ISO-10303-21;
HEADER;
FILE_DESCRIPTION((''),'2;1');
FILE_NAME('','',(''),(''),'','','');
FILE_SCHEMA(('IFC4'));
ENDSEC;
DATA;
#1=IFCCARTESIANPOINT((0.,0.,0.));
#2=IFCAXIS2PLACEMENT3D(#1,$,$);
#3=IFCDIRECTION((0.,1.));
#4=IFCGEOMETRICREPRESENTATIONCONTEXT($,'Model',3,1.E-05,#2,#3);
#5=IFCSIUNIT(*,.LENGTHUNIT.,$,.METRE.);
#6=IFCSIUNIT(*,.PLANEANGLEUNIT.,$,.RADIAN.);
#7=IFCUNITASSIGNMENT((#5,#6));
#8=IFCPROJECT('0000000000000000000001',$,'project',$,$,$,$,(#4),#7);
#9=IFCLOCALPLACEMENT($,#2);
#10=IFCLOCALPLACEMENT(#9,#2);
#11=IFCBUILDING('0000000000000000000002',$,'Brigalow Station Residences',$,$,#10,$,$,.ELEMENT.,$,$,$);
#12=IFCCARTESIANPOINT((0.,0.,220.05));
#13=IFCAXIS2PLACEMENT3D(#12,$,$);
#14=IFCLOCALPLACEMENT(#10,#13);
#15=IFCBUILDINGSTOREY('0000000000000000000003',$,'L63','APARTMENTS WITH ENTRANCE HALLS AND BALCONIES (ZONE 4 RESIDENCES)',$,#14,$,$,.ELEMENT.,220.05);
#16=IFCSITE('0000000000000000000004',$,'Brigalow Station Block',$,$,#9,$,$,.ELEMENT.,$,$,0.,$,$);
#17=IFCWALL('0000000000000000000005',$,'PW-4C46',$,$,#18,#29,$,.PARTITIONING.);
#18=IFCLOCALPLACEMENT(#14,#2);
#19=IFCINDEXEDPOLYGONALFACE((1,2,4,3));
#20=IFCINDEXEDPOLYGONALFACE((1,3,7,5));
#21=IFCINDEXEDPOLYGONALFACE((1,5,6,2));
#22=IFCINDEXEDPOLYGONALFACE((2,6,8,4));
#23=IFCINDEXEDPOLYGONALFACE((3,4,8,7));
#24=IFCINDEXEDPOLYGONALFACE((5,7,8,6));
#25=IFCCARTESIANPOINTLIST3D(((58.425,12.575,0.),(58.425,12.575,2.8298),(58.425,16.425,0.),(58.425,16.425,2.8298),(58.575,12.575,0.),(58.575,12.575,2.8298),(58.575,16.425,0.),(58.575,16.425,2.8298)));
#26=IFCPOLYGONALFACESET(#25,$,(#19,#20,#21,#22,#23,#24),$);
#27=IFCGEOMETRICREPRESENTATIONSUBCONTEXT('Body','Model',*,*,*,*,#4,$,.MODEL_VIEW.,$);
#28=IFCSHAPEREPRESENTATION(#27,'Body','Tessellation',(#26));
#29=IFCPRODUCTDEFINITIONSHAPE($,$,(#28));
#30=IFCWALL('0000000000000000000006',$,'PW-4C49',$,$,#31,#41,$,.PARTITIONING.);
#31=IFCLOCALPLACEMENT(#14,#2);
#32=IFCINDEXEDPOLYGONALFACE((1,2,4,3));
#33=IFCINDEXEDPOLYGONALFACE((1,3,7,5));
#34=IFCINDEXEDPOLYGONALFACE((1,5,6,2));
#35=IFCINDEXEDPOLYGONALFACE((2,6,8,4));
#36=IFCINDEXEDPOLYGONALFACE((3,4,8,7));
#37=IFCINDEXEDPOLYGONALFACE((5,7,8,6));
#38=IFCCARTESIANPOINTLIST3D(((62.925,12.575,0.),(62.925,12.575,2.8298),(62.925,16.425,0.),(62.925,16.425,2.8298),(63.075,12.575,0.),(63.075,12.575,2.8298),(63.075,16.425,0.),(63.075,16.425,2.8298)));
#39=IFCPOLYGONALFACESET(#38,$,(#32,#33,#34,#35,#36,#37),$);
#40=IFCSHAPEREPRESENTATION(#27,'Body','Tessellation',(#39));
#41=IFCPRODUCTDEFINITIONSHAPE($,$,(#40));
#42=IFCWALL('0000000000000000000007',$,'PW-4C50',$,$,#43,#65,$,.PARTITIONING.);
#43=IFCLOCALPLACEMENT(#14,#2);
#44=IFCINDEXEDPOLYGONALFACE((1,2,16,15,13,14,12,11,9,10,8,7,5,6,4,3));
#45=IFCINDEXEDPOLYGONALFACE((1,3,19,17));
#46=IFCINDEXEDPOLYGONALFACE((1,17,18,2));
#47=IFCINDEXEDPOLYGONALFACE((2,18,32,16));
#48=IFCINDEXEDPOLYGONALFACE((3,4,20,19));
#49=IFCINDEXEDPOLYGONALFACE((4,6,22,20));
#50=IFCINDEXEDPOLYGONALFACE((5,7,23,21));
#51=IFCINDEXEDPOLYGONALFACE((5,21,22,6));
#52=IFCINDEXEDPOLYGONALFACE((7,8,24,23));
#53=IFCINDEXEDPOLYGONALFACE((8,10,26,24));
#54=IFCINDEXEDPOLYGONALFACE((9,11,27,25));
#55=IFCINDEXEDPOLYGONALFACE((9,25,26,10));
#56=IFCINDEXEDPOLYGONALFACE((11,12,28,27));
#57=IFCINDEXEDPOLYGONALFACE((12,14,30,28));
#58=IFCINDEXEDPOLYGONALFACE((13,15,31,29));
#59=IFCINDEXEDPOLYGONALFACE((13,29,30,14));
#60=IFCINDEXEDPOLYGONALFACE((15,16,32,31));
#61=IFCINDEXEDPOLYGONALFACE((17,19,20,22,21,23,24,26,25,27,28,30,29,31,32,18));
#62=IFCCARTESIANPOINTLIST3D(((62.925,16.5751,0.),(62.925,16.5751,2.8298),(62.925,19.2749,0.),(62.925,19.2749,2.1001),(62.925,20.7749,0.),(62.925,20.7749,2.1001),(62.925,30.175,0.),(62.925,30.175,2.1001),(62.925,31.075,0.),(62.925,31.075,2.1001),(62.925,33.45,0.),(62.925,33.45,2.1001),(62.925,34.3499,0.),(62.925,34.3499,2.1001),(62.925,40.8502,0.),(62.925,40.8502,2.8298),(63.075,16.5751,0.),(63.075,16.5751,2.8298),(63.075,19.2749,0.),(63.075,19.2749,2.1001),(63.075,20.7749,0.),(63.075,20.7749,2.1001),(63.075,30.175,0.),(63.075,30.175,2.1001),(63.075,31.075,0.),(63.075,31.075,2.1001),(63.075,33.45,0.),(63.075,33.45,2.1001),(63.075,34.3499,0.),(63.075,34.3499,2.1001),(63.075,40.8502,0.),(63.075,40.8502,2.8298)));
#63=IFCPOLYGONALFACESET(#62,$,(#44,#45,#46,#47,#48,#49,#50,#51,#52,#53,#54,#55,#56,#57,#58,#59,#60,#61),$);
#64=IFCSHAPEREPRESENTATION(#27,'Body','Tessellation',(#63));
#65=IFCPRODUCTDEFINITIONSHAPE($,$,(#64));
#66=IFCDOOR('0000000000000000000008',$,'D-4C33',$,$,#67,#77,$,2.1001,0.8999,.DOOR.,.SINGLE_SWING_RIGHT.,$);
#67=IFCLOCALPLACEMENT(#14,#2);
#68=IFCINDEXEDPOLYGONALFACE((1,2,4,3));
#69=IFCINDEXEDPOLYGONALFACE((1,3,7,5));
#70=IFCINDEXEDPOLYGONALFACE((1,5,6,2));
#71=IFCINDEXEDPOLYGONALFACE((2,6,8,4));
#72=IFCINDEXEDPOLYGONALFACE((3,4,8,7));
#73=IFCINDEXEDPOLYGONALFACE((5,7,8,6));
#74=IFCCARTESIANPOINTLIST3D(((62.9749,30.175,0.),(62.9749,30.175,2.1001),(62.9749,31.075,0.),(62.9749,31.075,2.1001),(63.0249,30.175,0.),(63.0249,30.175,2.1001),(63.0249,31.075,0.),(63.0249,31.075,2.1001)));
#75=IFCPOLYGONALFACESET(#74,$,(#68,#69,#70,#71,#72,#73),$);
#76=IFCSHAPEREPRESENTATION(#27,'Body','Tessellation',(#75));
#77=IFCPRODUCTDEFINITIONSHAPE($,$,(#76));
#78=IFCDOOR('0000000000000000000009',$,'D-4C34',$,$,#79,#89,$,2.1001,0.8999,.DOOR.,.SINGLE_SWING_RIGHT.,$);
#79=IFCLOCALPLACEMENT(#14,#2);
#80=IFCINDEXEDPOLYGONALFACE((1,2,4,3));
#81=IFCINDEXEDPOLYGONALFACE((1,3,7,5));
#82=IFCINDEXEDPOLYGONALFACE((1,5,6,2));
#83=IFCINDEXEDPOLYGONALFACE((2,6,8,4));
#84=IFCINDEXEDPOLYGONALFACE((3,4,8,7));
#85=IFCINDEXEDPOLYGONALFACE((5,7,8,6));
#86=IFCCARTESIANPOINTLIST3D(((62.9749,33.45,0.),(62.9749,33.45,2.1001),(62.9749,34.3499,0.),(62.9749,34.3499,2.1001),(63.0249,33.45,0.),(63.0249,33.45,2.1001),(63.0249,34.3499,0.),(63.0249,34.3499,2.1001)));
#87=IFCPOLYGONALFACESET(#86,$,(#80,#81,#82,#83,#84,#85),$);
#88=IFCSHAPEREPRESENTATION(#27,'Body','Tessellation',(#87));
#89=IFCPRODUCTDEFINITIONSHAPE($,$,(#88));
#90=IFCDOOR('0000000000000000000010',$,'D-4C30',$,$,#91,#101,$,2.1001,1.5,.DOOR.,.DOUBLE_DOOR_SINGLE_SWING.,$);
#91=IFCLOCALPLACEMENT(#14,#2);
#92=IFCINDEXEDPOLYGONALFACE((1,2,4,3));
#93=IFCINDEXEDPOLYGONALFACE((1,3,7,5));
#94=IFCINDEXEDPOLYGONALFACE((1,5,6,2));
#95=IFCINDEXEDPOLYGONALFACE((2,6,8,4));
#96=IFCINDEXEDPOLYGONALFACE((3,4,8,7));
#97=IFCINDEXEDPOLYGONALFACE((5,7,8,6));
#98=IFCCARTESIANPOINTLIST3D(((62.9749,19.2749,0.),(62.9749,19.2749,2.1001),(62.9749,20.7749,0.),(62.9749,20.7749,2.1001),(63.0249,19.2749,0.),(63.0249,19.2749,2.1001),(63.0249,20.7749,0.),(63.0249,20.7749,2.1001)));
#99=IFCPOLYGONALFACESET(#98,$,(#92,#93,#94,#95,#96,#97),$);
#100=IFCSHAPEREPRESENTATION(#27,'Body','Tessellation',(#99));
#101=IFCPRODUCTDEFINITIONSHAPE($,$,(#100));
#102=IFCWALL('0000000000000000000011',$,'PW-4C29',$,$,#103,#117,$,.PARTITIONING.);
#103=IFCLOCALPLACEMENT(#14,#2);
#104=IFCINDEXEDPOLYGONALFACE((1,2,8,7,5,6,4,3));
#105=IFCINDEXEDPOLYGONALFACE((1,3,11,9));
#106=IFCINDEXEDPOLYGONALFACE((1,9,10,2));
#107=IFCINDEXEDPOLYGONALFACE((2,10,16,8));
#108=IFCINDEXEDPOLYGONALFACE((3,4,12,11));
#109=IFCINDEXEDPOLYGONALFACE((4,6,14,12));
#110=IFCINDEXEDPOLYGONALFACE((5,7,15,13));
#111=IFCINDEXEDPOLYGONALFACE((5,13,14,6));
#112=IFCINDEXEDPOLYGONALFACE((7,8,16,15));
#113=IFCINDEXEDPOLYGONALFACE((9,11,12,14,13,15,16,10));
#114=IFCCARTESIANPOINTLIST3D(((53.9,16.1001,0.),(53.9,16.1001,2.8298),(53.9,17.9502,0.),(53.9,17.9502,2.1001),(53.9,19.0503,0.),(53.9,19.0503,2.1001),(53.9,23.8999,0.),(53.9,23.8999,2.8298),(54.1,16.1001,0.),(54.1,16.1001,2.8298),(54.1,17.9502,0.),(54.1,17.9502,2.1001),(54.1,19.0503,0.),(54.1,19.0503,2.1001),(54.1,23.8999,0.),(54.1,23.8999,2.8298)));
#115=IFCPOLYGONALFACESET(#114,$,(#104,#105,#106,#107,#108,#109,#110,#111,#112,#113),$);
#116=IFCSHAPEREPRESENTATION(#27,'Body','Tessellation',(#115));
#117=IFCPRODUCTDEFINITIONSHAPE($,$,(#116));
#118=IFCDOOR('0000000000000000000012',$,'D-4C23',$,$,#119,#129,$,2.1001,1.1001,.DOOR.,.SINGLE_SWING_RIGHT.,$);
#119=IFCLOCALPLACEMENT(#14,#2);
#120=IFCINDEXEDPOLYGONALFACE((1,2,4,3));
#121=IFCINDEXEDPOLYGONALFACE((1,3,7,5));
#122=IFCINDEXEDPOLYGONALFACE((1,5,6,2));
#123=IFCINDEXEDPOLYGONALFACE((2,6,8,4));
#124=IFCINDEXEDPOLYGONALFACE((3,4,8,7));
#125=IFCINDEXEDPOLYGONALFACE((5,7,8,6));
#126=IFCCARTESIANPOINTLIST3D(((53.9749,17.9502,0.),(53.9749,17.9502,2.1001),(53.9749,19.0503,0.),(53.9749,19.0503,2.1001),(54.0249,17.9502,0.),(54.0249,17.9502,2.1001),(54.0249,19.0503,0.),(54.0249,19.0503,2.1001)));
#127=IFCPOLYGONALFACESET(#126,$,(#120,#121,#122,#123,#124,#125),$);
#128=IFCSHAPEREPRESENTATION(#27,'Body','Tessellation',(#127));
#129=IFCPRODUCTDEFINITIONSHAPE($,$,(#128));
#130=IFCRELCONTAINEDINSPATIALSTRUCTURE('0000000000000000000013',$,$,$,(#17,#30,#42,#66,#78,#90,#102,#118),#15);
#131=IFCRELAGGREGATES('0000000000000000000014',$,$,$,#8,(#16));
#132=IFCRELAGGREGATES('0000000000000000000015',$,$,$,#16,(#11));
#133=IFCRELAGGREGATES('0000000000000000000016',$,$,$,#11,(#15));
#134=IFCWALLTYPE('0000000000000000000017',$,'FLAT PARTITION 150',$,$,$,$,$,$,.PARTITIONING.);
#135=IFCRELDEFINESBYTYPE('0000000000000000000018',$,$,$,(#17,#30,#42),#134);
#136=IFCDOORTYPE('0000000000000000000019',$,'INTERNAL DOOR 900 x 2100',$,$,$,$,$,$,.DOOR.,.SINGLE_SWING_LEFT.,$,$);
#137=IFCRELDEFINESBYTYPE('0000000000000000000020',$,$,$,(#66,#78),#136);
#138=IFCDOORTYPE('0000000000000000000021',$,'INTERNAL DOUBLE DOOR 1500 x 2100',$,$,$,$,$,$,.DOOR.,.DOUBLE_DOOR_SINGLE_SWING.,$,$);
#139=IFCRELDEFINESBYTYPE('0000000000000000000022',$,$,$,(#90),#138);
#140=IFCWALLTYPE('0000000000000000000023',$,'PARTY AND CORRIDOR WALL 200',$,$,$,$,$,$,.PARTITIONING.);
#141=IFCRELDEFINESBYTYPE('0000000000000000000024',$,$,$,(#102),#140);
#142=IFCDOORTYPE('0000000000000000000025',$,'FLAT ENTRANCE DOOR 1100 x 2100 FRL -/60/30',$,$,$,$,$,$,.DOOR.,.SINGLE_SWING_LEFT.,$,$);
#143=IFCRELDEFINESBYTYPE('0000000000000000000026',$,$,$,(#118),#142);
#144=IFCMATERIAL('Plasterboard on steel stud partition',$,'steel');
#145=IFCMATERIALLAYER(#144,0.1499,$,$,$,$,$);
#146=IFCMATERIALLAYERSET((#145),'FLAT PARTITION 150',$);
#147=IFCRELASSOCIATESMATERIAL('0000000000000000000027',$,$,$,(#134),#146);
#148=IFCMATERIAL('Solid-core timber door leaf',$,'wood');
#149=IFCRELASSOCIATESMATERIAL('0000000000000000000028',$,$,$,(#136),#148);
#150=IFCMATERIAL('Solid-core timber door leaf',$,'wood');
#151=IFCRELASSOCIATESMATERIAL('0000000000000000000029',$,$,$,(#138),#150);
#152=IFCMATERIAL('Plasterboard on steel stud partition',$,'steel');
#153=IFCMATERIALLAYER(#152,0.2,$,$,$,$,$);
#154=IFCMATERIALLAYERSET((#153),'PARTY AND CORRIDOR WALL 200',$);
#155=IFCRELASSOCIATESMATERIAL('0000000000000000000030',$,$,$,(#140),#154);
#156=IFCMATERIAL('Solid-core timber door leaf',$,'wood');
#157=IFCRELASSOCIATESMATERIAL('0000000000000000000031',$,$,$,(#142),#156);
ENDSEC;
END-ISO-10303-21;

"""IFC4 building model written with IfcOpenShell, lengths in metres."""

from ifc_helpers import new_model, si_unit, direction, frame, frame_2d, origin, place, context, subcontext, project, spatial, rectangle, extrude, material, layer, layer_set, type_object, element, fill, save


model = new_model("IFC4")

# Units and contexts
model_context = context("Model", 3, precision=1e-05, world=origin(), true_north=direction((0.0, 1.0)))
body_context = subcontext(model_context, "Body", "Model", "MODEL_VIEW")
ifc_project = project(units=[si_unit("LENGTHUNIT", "METRE"), si_unit("PLANEANGLEUNIT", "RADIAN")], contexts=[model_context])

# Site, building, storey
site_placement = place(None, origin())
site = spatial("IfcSite", under=ifc_project, at=site_placement, Name="Brigalow Station Block", CompositionType="ELEMENT", RefElevation=0.0)
building_placement = place(site_placement, origin())
building = spatial("IfcBuilding", under=site, at=building_placement, Name="Brigalow Station Residences", CompositionType="ELEMENT")
storey_placement = place(building_placement, frame((0.0, 0.0, 220.05)))
storey = spatial("IfcBuildingStorey", under=building, at=storey_placement, Name="L63", Description="APARTMENTS WITH ENTRANCE HALLS AND BALCONIES (ZONE 4 RESIDENCES)", CompositionType="ELEMENT", Elevation=220.05)

# Shared definitions
ifc_material_1 = material(Name="Plasterboard on steel stud partition", Category="steel")
ifc_layer_1 = layer(ifc_material_1, 0.1499)
ifc_layer_set_1 = layer_set([ifc_layer_1], Name="FLAT PARTITION 150")
wall_type_1 = type_object("IfcWallType", Name="FLAT PARTITION 150", PredefinedType="PARTITIONING", material=ifc_layer_set_1)
ifc_material_2 = material(Name="Solid-core timber door leaf", Category="wood")
door_type_1 = type_object("IfcDoorType", Name="INTERNAL DOOR 900 x 2100", OperationType="SINGLE_SWING_LEFT", PredefinedType="DOOR", material=ifc_material_2)
ifc_material_3 = material(Name="Solid-core timber door leaf", Category="wood")
door_type_2 = type_object("IfcDoorType", Name="INTERNAL DOUBLE DOOR 1500 x 2100", OperationType="DOUBLE_DOOR_SINGLE_SWING", PredefinedType="DOOR", material=ifc_material_3)

# Walls
for number, where, z_axis, x_axis, name in (
    (1, (58.5, 12.575, 0.0), (0.0, 0.0, 1.0), (0.0, 1.0, 0.0), "PW-4C46"),
    (2, (63.0, 12.575, 0.0), (0.0, 0.0, 1.0), (0.0, 1.0, 0.0), "PW-4C49"),
):
    element("IfcWall", number, at=place(storey_placement, frame(where, z_axis=z_axis, x_axis=x_axis)), inside=storey, type_object=wall_type_1, Name=name, PredefinedType="PARTITIONING", context=body_context, shape_type="SweptSolid", body=[
        extrude(rectangle(XDim=3.8501, YDim=0.1499, at=frame_2d((1.925, 0.0))), origin(), (0.0, 0.0, 1.0), 2.8298),
    ])

# Wall, openings, doors
wall_1_placement = place(storey_placement, frame((63.0, 16.575, 0.0), z_axis=(0.0, 0.0, 1.0), x_axis=(0.0, 1.0, 0.0)))
wall_1 = element("IfcWall", 3, at=wall_1_placement, inside=storey, type_object=wall_type_1, Name="PW-4C50", PredefinedType="PARTITIONING", context=body_context, shape_type="SweptSolid", body=[
    extrude(rectangle(XDim=24.2751, YDim=0.1499, at=frame_2d((12.1377, 0.0))), origin(), (0.0, 0.0, 1.0), 2.8298),
])
opening_1_placement = place(wall_1_placement, frame((2.7, 0.0, 0.0)))
opening_1 = element("IfcOpeningElement", 4, at=opening_1_placement, cuts=wall_1, PredefinedType="OPENING", context=body_context, shape_type="SweptSolid", body=[
    extrude(rectangle(XDim=1.5, YDim=2.1001, at=frame_2d((0.75, 1.05))), frame((0.0, 0.085, 0.0), z_axis=(0.0, -1.0, 0.0), x_axis=(1.0, 0.0, 0.0)), (0.0, 0.0, 1.0), 0.1699),
])
opening_2_placement = place(wall_1_placement, frame((13.6001, 0.0, 0.0)))
opening_2 = element("IfcOpeningElement", 5, at=opening_2_placement, cuts=wall_1, PredefinedType="OPENING", context=body_context, shape_type="SweptSolid", body=[
    extrude(rectangle(XDim=0.8999, YDim=2.1001, at=frame_2d((0.45, 1.05))), frame((0.0, 0.085, 0.0), z_axis=(0.0, -1.0, 0.0), x_axis=(1.0, 0.0, 0.0)), (0.0, 0.0, 1.0), 0.1699),
])
opening_3_placement = place(wall_1_placement, frame((16.875, 0.0, 0.0)))
opening_3 = element("IfcOpeningElement", 6, at=opening_3_placement, cuts=wall_1, PredefinedType="OPENING", context=body_context, shape_type="SweptSolid", body=[
    extrude(rectangle(XDim=0.8999, YDim=2.1001, at=frame_2d((0.45, 1.05))), frame((0.0, 0.085, 0.0), z_axis=(0.0, -1.0, 0.0), x_axis=(1.0, 0.0, 0.0)), (0.0, 0.0, 1.0), 0.1699),
])
door_1_placement = place(opening_2_placement, frame((0.8999, 0.0, 0.0), z_axis=(0.0, 0.0, 1.0), x_axis=(-1.0, 0.0, 0.0)))
door_1 = element("IfcDoor", 7, at=door_1_placement, inside=storey, type_object=door_type_1, Name="D-4C33", OperationType="SINGLE_SWING_RIGHT", OverallHeight=2.1001, OverallWidth=0.8999, PredefinedType="DOOR", context=body_context, shape_type="SweptSolid", body=[
    extrude(rectangle(XDim=0.8999, YDim=2.1001, at=frame_2d((0.45, 1.05))), frame((0.0, 0.0249, 0.0), z_axis=(0.0, -1.0, 0.0), x_axis=(1.0, 0.0, 0.0)), (0.0, 0.0, 1.0), 0.05),
])
fill(opening_2, door_1)
door_2_placement = place(opening_3_placement, frame((0.8999, 0.0, 0.0), z_axis=(0.0, 0.0, 1.0), x_axis=(-1.0, 0.0, 0.0)))
door_2 = element("IfcDoor", 8, at=door_2_placement, inside=storey, type_object=door_type_1, Name="D-4C34", OperationType="SINGLE_SWING_RIGHT", OverallHeight=2.1001, OverallWidth=0.8999, PredefinedType="DOOR", context=body_context, shape_type="SweptSolid", body=[
    extrude(rectangle(XDim=0.8999, YDim=2.1001, at=frame_2d((0.45, 1.05))), frame((0.0, 0.0249, 0.0), z_axis=(0.0, -1.0, 0.0), x_axis=(1.0, 0.0, 0.0)), (0.0, 0.0, 1.0), 0.05),
])
fill(opening_3, door_2)
door_3_placement = place(opening_1_placement, frame((1.5, 0.0, 0.0), z_axis=(0.0, 0.0, 1.0), x_axis=(-1.0, 0.0, 0.0)))
door_3 = element("IfcDoor", 9, at=door_3_placement, inside=storey, type_object=door_type_2, Name="D-4C30", OperationType="DOUBLE_DOOR_SINGLE_SWING", OverallHeight=2.1001, OverallWidth=1.5, PredefinedType="DOOR", context=body_context, shape_type="SweptSolid", body=[
    extrude(rectangle(XDim=1.5, YDim=2.1001, at=frame_2d((0.75, 1.05))), frame((0.0, 0.0249, 0.0), z_axis=(0.0, -1.0, 0.0), x_axis=(1.0, 0.0, 0.0)), (0.0, 0.0, 1.0), 0.05),
])
fill(opening_1, door_3)

# Wall, opening, door
ifc_material_4 = material(Name="Plasterboard on steel stud partition", Category="steel")
ifc_layer_2 = layer(ifc_material_4, 0.2)
ifc_layer_set_2 = layer_set([ifc_layer_2], Name="PARTY AND CORRIDOR WALL 200")
wall_type_2 = type_object("IfcWallType", Name="PARTY AND CORRIDOR WALL 200", PredefinedType="PARTITIONING", material=ifc_layer_set_2)
wall_2_placement = place(storey_placement, frame((54.0, 16.1001, 0.0), z_axis=(0.0, 0.0, 1.0), x_axis=(0.0, 1.0, 0.0)))
wall_2 = element("IfcWall", 10, at=wall_2_placement, inside=storey, type_object=wall_type_2, Name="PW-4C29", PredefinedType="PARTITIONING", context=body_context, shape_type="SweptSolid", body=[
    extrude(rectangle(XDim=7.7998, YDim=0.2, at=frame_2d((3.8999, 0.0))), origin(), (0.0, 0.0, 1.0), 2.8298),
])
opening_4_placement = place(wall_2_placement, frame((1.8501, 0.0, 0.0)))
opening_4 = element("IfcOpeningElement", 11, at=opening_4_placement, cuts=wall_2, PredefinedType="OPENING", context=body_context, shape_type="SweptSolid", body=[
    extrude(rectangle(XDim=1.1001, YDim=2.1001, at=frame_2d((0.55, 1.05))), frame((0.0, 0.1099, 0.0), z_axis=(0.0, -1.0, 0.0), x_axis=(1.0, 0.0, 0.0)), (0.0, 0.0, 1.0), 0.22),
])
ifc_material_5 = material(Name="Solid-core timber door leaf", Category="wood")
door_type_3 = type_object("IfcDoorType", Name="FLAT ENTRANCE DOOR 1100 x 2100 FRL -/60/30", OperationType="SINGLE_SWING_LEFT", PredefinedType="DOOR", material=ifc_material_5)
door_4_placement = place(opening_4_placement, frame((1.1001, 0.0, 0.0), z_axis=(0.0, 0.0, 1.0), x_axis=(-1.0, 0.0, 0.0)))
door_4 = element("IfcDoor", 12, at=door_4_placement, inside=storey, type_object=door_type_3, Name="D-4C23", OperationType="SINGLE_SWING_RIGHT", OverallHeight=2.1001, OverallWidth=1.1001, PredefinedType="DOOR", context=body_context, shape_type="SweptSolid", body=[
    extrude(rectangle(XDim=1.1001, YDim=2.1001, at=frame_2d((0.55, 1.05))), frame((0.0, 0.0249, 0.0), z_axis=(0.0, -1.0, 0.0), x_axis=(1.0, 0.0, 0.0)), (0.0, 0.0, 1.0), 0.05),
])
fill(opening_4, door_4)

save(model, "model.ifc")
